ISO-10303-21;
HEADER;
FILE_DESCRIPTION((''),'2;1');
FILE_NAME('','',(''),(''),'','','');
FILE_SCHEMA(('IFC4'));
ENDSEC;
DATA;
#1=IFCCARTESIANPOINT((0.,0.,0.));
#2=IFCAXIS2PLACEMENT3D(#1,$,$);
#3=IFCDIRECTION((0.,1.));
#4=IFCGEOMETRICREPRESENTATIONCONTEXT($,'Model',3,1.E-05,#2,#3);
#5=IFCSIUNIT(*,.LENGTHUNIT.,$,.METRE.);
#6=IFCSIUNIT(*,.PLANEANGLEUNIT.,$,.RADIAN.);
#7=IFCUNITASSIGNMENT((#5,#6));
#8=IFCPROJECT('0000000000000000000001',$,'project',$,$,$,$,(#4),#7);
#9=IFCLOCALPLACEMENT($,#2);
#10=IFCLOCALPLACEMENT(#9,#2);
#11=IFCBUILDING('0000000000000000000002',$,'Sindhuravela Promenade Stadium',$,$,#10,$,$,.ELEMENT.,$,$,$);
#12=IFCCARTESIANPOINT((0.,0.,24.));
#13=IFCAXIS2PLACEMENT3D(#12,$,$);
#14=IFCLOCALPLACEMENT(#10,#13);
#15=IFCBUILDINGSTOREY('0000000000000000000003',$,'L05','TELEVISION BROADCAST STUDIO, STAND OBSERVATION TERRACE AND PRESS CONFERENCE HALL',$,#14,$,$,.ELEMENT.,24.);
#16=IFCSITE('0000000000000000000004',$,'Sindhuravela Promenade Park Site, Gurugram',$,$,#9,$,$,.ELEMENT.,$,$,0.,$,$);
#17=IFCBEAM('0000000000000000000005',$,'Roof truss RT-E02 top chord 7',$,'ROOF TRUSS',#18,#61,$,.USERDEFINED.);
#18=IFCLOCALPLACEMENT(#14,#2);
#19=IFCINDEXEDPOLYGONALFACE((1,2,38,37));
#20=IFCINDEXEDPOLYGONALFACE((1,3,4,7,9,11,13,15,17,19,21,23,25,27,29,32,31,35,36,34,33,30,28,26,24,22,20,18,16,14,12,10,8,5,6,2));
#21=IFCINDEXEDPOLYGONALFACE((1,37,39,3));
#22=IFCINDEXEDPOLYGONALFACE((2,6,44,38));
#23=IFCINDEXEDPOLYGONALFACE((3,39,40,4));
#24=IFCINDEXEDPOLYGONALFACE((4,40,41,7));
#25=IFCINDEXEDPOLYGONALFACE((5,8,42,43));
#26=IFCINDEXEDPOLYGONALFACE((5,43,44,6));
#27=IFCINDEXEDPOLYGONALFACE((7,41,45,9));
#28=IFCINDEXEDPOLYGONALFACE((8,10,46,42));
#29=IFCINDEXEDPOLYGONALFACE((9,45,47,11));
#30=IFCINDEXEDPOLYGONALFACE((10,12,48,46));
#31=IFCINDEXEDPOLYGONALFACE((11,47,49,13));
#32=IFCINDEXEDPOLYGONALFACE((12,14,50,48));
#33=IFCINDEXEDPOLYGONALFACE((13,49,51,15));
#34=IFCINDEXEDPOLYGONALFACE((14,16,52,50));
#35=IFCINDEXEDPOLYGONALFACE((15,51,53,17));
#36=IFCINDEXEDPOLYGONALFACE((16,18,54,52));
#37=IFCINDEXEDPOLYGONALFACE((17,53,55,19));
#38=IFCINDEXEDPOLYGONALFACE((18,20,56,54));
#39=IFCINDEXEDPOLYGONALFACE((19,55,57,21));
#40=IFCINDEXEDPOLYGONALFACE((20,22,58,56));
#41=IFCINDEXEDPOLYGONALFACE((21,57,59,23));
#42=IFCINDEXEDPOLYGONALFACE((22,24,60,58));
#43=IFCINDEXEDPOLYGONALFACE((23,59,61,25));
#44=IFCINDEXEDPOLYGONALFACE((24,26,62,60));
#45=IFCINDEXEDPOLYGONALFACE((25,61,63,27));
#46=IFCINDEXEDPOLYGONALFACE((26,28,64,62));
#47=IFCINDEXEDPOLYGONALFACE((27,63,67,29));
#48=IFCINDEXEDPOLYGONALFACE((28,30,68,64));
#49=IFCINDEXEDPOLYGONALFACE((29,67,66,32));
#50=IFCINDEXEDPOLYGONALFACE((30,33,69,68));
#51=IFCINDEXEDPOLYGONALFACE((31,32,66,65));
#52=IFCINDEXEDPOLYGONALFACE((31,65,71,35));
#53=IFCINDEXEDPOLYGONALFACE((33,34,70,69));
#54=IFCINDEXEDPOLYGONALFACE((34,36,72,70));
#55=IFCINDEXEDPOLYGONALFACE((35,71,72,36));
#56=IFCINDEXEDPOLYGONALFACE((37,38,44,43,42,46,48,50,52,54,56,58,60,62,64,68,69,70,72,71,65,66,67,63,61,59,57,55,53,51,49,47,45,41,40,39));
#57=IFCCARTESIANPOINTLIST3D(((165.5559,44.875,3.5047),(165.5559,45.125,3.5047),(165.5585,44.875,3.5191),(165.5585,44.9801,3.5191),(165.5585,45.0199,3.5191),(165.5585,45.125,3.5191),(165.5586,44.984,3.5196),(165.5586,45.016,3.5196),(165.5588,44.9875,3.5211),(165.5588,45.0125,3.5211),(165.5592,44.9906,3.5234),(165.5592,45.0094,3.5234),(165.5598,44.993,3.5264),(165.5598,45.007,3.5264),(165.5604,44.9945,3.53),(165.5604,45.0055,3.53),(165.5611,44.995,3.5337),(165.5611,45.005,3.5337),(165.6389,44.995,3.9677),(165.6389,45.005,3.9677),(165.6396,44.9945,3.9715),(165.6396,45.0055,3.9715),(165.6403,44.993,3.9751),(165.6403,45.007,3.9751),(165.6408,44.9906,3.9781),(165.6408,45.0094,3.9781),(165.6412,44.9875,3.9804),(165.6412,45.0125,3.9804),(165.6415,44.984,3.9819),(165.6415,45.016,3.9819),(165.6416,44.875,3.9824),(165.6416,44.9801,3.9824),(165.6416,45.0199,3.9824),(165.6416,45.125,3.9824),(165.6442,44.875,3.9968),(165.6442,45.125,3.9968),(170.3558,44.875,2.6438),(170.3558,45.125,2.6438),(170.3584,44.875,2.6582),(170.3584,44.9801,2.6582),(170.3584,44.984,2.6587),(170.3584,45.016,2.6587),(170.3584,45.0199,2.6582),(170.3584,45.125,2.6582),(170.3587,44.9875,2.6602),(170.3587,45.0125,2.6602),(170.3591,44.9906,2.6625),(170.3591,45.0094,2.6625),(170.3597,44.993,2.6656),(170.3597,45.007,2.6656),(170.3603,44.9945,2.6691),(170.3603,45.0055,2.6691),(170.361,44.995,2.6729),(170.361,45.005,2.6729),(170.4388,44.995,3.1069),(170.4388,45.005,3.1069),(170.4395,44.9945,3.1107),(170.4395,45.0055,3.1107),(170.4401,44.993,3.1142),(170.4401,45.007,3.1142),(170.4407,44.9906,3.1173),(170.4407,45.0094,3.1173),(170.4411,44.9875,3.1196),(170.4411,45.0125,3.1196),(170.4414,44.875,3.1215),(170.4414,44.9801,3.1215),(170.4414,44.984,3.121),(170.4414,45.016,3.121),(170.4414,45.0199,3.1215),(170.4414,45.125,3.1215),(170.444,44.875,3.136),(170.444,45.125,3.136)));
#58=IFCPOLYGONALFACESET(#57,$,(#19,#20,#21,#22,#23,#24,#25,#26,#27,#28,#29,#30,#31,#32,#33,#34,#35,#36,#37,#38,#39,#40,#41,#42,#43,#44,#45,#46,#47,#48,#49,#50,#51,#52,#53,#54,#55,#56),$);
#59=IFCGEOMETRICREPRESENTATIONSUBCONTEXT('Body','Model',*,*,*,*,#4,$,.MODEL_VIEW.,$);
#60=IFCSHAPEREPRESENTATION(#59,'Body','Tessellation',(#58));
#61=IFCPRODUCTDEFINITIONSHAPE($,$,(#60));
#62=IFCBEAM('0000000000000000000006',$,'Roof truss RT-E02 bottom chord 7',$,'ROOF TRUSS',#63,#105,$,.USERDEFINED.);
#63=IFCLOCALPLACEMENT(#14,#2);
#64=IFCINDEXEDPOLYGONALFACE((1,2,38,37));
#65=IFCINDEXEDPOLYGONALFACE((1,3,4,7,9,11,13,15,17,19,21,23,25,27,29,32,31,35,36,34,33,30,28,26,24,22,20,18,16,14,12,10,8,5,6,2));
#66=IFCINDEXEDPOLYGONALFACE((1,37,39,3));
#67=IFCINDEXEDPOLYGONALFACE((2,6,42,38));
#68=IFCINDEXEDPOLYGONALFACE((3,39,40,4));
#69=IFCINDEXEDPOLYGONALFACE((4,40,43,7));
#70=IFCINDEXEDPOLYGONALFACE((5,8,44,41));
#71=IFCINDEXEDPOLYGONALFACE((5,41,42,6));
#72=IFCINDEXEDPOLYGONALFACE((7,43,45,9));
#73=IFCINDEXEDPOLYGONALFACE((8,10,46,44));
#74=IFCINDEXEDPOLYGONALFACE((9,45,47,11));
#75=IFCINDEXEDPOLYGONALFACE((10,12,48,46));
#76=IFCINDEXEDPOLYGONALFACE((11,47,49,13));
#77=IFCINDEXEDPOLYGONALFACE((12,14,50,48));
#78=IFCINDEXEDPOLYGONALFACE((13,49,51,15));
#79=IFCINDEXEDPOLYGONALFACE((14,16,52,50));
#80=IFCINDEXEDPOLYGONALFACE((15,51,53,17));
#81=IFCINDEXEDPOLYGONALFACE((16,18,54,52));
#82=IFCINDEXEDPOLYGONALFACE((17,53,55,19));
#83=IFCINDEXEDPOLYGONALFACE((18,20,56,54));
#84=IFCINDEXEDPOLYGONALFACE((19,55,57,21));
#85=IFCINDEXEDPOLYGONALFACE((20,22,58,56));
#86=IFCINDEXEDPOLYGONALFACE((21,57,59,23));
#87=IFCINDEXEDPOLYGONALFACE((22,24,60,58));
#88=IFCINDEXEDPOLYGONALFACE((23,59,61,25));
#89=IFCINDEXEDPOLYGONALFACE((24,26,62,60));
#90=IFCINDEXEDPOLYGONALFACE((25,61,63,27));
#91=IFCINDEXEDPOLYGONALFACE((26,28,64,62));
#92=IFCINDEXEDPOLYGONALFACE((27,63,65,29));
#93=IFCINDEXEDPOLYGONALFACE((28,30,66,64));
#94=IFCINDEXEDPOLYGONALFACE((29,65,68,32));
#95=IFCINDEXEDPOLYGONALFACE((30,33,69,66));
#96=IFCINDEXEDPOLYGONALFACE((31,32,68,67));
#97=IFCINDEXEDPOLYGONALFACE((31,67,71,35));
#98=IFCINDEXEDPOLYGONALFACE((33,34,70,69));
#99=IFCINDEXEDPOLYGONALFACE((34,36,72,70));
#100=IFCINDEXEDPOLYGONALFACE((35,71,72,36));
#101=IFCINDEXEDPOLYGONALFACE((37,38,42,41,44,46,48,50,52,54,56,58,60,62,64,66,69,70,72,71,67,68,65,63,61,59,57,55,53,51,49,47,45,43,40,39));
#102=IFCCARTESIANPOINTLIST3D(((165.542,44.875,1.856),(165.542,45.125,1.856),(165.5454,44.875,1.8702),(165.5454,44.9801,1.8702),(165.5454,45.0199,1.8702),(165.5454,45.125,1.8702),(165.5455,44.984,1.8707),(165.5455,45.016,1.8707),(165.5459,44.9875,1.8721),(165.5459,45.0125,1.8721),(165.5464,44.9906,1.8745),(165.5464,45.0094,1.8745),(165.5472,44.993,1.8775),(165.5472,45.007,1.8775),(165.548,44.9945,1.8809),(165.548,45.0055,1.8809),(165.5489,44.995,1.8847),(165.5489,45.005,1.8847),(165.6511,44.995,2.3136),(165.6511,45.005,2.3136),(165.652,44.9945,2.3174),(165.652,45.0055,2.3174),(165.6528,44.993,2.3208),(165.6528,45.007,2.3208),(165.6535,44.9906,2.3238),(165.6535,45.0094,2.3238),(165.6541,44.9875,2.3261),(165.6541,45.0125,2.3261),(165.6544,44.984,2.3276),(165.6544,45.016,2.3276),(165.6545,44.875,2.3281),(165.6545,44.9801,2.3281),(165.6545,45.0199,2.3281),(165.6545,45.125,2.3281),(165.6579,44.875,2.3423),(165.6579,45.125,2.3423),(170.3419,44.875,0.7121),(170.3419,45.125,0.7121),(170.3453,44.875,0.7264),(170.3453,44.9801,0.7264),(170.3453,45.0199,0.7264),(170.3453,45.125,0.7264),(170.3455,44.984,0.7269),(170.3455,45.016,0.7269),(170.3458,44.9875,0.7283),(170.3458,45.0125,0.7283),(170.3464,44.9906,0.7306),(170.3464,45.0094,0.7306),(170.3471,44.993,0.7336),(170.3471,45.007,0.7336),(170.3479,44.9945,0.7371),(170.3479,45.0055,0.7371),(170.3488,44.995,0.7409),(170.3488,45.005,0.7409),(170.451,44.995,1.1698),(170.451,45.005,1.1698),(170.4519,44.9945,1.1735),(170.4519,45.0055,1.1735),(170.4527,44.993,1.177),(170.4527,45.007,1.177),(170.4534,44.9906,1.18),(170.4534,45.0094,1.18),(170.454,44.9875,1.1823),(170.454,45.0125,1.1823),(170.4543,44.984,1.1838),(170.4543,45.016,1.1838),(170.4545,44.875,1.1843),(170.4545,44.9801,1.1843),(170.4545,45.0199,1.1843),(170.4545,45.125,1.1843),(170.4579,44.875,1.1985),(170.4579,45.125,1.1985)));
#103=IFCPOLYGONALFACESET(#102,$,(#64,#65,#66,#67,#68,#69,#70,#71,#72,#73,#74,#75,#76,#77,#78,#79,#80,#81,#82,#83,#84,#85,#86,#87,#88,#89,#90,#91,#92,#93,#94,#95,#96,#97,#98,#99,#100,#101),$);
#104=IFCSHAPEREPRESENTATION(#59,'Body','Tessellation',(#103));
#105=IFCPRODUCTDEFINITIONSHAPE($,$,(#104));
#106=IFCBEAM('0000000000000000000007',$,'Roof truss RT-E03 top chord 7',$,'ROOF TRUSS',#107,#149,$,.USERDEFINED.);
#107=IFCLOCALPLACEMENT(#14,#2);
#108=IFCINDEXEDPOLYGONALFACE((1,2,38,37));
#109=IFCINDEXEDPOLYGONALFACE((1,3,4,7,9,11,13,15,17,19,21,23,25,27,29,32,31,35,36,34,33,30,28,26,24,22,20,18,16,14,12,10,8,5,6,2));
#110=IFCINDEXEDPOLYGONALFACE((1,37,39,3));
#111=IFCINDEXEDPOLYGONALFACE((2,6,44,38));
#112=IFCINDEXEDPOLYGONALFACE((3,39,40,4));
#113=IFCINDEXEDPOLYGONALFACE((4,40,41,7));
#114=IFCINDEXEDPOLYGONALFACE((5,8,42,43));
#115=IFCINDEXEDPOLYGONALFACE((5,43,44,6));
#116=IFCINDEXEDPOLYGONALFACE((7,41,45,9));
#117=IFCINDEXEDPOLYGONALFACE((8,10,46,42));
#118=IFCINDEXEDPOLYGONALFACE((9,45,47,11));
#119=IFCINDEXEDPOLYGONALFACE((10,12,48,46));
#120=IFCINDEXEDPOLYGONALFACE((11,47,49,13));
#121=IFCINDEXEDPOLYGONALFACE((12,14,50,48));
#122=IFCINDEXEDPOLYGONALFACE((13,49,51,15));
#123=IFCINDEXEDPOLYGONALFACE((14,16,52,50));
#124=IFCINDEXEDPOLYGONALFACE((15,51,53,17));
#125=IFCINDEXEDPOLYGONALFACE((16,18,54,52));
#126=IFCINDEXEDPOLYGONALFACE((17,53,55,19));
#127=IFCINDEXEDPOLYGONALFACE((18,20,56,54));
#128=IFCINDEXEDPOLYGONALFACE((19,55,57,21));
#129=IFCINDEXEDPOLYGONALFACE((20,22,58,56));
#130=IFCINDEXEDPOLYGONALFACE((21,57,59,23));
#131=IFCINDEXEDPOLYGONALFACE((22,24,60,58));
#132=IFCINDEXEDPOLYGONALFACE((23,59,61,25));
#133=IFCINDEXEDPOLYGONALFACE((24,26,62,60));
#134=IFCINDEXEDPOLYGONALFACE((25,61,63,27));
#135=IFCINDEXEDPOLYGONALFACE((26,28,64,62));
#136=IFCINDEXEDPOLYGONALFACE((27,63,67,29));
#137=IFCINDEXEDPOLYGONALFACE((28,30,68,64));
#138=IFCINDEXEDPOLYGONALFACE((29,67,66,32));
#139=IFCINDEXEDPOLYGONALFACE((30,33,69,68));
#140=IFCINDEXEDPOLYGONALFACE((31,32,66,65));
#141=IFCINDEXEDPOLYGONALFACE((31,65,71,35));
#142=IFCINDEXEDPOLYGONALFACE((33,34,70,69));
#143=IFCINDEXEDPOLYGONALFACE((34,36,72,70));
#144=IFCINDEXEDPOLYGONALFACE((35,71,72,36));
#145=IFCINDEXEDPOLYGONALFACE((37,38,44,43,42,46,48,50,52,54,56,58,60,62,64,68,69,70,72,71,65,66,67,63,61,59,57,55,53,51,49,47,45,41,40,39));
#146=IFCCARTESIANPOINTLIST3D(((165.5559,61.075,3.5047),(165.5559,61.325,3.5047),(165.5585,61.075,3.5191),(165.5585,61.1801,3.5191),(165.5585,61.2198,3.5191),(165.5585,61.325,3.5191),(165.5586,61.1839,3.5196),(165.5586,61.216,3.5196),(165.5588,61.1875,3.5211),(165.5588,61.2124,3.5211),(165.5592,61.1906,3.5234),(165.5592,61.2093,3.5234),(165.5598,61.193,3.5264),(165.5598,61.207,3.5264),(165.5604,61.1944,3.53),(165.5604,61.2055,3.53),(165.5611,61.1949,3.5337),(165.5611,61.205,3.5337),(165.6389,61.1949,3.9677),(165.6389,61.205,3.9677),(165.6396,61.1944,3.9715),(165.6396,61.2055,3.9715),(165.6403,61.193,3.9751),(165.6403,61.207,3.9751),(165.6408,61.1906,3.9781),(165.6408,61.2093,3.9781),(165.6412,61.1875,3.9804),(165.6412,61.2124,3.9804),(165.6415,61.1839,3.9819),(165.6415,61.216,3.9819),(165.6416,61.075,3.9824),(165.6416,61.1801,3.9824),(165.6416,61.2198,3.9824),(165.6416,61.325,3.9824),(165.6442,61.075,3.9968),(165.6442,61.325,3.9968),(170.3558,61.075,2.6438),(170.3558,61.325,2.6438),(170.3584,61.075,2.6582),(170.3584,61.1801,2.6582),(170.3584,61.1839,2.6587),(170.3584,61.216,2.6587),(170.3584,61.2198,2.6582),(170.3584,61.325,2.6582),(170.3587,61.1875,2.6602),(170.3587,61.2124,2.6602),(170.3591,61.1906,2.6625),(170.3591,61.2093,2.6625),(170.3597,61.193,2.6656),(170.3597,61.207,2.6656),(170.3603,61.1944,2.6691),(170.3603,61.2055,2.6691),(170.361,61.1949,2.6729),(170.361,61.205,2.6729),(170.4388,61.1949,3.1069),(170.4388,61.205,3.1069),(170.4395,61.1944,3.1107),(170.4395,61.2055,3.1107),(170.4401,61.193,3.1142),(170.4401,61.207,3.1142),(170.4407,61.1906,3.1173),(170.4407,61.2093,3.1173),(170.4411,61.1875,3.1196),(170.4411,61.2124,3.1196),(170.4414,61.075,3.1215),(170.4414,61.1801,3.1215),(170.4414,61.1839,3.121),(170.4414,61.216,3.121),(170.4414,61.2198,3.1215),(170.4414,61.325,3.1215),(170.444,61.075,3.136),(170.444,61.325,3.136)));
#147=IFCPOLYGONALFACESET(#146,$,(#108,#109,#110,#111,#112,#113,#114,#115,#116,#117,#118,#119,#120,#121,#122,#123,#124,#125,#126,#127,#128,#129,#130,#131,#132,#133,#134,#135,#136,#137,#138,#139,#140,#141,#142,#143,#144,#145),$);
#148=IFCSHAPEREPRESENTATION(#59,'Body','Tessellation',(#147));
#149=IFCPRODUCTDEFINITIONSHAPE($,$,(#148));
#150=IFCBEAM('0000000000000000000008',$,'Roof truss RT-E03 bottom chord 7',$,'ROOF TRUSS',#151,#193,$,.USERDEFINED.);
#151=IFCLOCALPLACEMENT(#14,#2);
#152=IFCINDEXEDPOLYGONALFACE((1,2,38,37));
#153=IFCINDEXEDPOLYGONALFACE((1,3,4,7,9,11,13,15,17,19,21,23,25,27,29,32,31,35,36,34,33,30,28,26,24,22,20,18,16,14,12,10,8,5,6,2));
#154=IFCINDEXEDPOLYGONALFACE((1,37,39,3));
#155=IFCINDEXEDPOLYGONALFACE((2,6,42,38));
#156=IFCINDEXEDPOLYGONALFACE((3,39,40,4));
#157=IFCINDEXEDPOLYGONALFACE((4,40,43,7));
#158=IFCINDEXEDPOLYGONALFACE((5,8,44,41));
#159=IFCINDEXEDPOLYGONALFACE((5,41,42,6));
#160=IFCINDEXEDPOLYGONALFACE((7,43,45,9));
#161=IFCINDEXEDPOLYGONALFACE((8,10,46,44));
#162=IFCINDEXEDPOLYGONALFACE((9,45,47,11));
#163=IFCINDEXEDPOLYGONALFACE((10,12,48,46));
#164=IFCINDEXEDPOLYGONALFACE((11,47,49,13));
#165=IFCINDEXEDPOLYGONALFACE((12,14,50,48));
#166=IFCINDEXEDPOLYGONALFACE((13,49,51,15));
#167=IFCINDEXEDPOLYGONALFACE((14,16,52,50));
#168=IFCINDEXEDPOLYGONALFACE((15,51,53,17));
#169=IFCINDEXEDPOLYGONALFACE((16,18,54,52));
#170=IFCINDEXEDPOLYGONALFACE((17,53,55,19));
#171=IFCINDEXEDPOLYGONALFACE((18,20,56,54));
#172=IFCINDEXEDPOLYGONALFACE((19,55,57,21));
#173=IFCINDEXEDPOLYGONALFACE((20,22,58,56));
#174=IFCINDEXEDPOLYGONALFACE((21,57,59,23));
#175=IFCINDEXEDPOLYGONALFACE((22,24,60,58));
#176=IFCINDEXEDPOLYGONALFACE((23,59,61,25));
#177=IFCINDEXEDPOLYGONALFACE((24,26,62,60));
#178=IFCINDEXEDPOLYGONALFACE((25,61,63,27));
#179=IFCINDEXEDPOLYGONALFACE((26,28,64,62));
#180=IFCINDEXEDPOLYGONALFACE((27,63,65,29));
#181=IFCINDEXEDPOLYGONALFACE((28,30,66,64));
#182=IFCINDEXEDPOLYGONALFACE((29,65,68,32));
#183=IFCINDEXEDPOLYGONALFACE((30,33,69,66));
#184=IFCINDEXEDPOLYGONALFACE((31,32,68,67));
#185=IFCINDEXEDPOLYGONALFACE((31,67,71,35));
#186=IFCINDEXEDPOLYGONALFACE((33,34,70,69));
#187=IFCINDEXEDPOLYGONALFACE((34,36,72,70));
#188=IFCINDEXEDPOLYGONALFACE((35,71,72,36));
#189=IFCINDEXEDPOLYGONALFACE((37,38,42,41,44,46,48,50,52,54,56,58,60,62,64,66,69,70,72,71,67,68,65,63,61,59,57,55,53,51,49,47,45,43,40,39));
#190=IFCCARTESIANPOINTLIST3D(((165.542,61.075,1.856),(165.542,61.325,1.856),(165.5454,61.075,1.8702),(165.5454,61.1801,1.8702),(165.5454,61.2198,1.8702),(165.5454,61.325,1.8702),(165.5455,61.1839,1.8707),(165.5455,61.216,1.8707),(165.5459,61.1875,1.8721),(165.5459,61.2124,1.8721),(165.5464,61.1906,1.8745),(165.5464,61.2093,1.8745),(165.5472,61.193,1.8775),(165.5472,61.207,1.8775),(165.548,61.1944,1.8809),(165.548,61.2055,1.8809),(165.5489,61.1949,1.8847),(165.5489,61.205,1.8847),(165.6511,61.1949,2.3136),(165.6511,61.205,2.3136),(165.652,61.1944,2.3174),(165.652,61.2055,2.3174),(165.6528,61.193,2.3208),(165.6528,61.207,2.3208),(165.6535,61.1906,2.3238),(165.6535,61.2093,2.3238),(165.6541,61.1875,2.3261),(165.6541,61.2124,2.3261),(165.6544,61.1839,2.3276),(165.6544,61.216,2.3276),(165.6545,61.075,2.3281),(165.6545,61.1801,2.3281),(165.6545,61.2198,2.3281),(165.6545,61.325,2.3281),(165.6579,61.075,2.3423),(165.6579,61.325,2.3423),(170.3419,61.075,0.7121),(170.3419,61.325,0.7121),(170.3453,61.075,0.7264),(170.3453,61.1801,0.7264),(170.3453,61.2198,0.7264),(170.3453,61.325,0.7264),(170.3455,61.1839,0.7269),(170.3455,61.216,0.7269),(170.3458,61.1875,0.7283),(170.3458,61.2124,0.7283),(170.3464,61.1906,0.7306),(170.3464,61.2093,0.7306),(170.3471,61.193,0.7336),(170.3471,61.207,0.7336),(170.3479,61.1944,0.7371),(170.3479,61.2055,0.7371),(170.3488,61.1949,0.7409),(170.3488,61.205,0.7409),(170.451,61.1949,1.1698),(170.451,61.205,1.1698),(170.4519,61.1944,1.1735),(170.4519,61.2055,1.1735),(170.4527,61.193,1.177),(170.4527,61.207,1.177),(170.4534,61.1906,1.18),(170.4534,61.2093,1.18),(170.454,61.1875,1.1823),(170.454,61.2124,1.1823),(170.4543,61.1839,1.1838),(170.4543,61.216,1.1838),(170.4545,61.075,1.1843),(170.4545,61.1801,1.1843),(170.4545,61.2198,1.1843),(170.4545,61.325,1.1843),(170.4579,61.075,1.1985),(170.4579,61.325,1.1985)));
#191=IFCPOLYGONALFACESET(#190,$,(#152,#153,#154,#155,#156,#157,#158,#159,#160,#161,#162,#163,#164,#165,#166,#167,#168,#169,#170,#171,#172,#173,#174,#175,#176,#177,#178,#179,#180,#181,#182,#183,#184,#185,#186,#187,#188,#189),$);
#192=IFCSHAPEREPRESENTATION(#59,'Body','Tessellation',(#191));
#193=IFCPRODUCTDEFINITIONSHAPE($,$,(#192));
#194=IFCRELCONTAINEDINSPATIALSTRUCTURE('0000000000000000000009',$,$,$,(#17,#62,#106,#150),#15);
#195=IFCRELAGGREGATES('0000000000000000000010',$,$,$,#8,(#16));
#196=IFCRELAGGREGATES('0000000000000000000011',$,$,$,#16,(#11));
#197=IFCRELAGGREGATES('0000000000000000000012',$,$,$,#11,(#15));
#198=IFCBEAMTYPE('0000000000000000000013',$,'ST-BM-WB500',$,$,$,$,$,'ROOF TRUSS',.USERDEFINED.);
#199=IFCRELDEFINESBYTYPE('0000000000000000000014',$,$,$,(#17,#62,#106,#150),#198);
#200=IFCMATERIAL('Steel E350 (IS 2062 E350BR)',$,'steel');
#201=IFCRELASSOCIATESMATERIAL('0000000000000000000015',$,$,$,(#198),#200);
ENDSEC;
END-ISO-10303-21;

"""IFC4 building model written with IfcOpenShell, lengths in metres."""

from ifc_helpers import new_model, si_unit, direction, frame, origin, origin_2d, place, context, subcontext, project, spatial, i_section, extrude, material, material_profile, profile_set, type_object, element, save


model = new_model("IFC4")

# Units and contexts
model_context = context("Model", 3, precision=1e-05, world=origin(), true_north=direction((0.0, 1.0)))
body_context = subcontext(model_context, "Body", "Model", "MODEL_VIEW")
ifc_project = project(units=[si_unit("LENGTHUNIT", "METRE"), si_unit("PLANEANGLEUNIT", "RADIAN")], contexts=[model_context])

# Site, building, storey
site_placement = place(None, origin())
site = spatial("IfcSite", under=ifc_project, at=site_placement, Name="Sindhuravela Promenade Park Site, Gurugram", CompositionType="ELEMENT", RefElevation=0.0)
building_placement = place(site_placement, origin())
building = spatial("IfcBuilding", under=site, at=building_placement, Name="Sindhuravela Promenade Stadium", CompositionType="ELEMENT")
storey_placement = place(building_placement, frame((0.0, 0.0, 24.0)))
storey = spatial("IfcBuildingStorey", under=building, at=storey_placement, Name="L05", Description="TELEVISION BROADCAST STUDIO, STAND OBSERVATION TERRACE AND PRESS CONFERENCE HALL", CompositionType="ELEMENT", Elevation=24.0)

# Beams
ifc_material_1 = material(Name="Steel E350 (IS 2062 E350BR)", Category="steel")
ifc_material_profile_1 = material_profile(ifc_material_1, i_section(OverallWidth=0.25, OverallDepth=0.5, WebThickness=0.01, FlangeThickness=0.0146, FilletRadius=0.0149, at=origin_2d()), Name="ISWB 500")
ifc_profile_set_1 = profile_set([ifc_material_profile_1], Name="Steel E350 (IS 2062 E350BR)")
beam_type = type_object("IfcBeamType", Name="ST-BM-WB500", ElementType="ROOF TRUSS", PredefinedType="USERDEFINED", material=ifc_profile_set_1)
beam_1_placement = place(storey_placement, frame((170.3999, 45.0, 2.8899), z_axis=(-0.984295, 0.0, 0.176532), x_axis=(0.0, -1.0, 0.0)))
element("IfcBeam", 1, at=beam_1_placement, inside=storey, type_object=beam_type, Name="Roof truss RT-E02 top chord 7", ObjectType="ROOF TRUSS", PredefinedType="USERDEFINED", context=body_context, shape_type="SweptSolid", body=[
    extrude(i_section(OverallWidth=0.25, OverallDepth=0.5, WebThickness=0.01, FlangeThickness=0.0146, FilletRadius=0.0149, at=origin_2d()), origin(), (0.0, 0.0, 1.0), 4.8765),
])
beam_2_placement = place(storey_placement, frame((170.3999, 45.0, 0.9553), z_axis=(-0.972761, 0.0, 0.23181), x_axis=(0.0, -1.0, 0.0)))
element("IfcBeam", 2, at=beam_2_placement, inside=storey, type_object=beam_type, Name="Roof truss RT-E02 bottom chord 7", ObjectType="ROOF TRUSS", PredefinedType="USERDEFINED", context=body_context, shape_type="SweptSolid", body=[
    extrude(i_section(OverallWidth=0.25, OverallDepth=0.5, WebThickness=0.01, FlangeThickness=0.0146, FilletRadius=0.0149, at=origin_2d()), origin(), (0.0, 0.0, 1.0), 4.9343),
])
beam_3_placement = place(storey_placement, frame((170.3999, 61.2, 2.8899), z_axis=(-0.984295, 0.0, 0.176532), x_axis=(0.0, -1.0, 0.0)))
element("IfcBeam", 3, at=beam_3_placement, inside=storey, type_object=beam_type, Name="Roof truss RT-E03 top chord 7", ObjectType="ROOF TRUSS", PredefinedType="USERDEFINED", context=body_context, shape_type="SweptSolid", body=[
    extrude(i_section(OverallWidth=0.25, OverallDepth=0.5, WebThickness=0.01, FlangeThickness=0.0146, FilletRadius=0.0149, at=origin_2d()), origin(), (0.0, 0.0, 1.0), 4.8765),
])
beam_4_placement = place(storey_placement, frame((170.3999, 61.2, 0.9553), z_axis=(-0.972761, 0.0, 0.23181), x_axis=(0.0, -1.0, 0.0)))
element("IfcBeam", 4, at=beam_4_placement, inside=storey, type_object=beam_type, Name="Roof truss RT-E03 bottom chord 7", ObjectType="ROOF TRUSS", PredefinedType="USERDEFINED", context=body_context, shape_type="SweptSolid", body=[
    extrude(i_section(OverallWidth=0.25, OverallDepth=0.5, WebThickness=0.01, FlangeThickness=0.0146, FilletRadius=0.0149, at=origin_2d()), origin(), (0.0, 0.0, 1.0), 4.9343),
])

save(model, "model.ifc")
